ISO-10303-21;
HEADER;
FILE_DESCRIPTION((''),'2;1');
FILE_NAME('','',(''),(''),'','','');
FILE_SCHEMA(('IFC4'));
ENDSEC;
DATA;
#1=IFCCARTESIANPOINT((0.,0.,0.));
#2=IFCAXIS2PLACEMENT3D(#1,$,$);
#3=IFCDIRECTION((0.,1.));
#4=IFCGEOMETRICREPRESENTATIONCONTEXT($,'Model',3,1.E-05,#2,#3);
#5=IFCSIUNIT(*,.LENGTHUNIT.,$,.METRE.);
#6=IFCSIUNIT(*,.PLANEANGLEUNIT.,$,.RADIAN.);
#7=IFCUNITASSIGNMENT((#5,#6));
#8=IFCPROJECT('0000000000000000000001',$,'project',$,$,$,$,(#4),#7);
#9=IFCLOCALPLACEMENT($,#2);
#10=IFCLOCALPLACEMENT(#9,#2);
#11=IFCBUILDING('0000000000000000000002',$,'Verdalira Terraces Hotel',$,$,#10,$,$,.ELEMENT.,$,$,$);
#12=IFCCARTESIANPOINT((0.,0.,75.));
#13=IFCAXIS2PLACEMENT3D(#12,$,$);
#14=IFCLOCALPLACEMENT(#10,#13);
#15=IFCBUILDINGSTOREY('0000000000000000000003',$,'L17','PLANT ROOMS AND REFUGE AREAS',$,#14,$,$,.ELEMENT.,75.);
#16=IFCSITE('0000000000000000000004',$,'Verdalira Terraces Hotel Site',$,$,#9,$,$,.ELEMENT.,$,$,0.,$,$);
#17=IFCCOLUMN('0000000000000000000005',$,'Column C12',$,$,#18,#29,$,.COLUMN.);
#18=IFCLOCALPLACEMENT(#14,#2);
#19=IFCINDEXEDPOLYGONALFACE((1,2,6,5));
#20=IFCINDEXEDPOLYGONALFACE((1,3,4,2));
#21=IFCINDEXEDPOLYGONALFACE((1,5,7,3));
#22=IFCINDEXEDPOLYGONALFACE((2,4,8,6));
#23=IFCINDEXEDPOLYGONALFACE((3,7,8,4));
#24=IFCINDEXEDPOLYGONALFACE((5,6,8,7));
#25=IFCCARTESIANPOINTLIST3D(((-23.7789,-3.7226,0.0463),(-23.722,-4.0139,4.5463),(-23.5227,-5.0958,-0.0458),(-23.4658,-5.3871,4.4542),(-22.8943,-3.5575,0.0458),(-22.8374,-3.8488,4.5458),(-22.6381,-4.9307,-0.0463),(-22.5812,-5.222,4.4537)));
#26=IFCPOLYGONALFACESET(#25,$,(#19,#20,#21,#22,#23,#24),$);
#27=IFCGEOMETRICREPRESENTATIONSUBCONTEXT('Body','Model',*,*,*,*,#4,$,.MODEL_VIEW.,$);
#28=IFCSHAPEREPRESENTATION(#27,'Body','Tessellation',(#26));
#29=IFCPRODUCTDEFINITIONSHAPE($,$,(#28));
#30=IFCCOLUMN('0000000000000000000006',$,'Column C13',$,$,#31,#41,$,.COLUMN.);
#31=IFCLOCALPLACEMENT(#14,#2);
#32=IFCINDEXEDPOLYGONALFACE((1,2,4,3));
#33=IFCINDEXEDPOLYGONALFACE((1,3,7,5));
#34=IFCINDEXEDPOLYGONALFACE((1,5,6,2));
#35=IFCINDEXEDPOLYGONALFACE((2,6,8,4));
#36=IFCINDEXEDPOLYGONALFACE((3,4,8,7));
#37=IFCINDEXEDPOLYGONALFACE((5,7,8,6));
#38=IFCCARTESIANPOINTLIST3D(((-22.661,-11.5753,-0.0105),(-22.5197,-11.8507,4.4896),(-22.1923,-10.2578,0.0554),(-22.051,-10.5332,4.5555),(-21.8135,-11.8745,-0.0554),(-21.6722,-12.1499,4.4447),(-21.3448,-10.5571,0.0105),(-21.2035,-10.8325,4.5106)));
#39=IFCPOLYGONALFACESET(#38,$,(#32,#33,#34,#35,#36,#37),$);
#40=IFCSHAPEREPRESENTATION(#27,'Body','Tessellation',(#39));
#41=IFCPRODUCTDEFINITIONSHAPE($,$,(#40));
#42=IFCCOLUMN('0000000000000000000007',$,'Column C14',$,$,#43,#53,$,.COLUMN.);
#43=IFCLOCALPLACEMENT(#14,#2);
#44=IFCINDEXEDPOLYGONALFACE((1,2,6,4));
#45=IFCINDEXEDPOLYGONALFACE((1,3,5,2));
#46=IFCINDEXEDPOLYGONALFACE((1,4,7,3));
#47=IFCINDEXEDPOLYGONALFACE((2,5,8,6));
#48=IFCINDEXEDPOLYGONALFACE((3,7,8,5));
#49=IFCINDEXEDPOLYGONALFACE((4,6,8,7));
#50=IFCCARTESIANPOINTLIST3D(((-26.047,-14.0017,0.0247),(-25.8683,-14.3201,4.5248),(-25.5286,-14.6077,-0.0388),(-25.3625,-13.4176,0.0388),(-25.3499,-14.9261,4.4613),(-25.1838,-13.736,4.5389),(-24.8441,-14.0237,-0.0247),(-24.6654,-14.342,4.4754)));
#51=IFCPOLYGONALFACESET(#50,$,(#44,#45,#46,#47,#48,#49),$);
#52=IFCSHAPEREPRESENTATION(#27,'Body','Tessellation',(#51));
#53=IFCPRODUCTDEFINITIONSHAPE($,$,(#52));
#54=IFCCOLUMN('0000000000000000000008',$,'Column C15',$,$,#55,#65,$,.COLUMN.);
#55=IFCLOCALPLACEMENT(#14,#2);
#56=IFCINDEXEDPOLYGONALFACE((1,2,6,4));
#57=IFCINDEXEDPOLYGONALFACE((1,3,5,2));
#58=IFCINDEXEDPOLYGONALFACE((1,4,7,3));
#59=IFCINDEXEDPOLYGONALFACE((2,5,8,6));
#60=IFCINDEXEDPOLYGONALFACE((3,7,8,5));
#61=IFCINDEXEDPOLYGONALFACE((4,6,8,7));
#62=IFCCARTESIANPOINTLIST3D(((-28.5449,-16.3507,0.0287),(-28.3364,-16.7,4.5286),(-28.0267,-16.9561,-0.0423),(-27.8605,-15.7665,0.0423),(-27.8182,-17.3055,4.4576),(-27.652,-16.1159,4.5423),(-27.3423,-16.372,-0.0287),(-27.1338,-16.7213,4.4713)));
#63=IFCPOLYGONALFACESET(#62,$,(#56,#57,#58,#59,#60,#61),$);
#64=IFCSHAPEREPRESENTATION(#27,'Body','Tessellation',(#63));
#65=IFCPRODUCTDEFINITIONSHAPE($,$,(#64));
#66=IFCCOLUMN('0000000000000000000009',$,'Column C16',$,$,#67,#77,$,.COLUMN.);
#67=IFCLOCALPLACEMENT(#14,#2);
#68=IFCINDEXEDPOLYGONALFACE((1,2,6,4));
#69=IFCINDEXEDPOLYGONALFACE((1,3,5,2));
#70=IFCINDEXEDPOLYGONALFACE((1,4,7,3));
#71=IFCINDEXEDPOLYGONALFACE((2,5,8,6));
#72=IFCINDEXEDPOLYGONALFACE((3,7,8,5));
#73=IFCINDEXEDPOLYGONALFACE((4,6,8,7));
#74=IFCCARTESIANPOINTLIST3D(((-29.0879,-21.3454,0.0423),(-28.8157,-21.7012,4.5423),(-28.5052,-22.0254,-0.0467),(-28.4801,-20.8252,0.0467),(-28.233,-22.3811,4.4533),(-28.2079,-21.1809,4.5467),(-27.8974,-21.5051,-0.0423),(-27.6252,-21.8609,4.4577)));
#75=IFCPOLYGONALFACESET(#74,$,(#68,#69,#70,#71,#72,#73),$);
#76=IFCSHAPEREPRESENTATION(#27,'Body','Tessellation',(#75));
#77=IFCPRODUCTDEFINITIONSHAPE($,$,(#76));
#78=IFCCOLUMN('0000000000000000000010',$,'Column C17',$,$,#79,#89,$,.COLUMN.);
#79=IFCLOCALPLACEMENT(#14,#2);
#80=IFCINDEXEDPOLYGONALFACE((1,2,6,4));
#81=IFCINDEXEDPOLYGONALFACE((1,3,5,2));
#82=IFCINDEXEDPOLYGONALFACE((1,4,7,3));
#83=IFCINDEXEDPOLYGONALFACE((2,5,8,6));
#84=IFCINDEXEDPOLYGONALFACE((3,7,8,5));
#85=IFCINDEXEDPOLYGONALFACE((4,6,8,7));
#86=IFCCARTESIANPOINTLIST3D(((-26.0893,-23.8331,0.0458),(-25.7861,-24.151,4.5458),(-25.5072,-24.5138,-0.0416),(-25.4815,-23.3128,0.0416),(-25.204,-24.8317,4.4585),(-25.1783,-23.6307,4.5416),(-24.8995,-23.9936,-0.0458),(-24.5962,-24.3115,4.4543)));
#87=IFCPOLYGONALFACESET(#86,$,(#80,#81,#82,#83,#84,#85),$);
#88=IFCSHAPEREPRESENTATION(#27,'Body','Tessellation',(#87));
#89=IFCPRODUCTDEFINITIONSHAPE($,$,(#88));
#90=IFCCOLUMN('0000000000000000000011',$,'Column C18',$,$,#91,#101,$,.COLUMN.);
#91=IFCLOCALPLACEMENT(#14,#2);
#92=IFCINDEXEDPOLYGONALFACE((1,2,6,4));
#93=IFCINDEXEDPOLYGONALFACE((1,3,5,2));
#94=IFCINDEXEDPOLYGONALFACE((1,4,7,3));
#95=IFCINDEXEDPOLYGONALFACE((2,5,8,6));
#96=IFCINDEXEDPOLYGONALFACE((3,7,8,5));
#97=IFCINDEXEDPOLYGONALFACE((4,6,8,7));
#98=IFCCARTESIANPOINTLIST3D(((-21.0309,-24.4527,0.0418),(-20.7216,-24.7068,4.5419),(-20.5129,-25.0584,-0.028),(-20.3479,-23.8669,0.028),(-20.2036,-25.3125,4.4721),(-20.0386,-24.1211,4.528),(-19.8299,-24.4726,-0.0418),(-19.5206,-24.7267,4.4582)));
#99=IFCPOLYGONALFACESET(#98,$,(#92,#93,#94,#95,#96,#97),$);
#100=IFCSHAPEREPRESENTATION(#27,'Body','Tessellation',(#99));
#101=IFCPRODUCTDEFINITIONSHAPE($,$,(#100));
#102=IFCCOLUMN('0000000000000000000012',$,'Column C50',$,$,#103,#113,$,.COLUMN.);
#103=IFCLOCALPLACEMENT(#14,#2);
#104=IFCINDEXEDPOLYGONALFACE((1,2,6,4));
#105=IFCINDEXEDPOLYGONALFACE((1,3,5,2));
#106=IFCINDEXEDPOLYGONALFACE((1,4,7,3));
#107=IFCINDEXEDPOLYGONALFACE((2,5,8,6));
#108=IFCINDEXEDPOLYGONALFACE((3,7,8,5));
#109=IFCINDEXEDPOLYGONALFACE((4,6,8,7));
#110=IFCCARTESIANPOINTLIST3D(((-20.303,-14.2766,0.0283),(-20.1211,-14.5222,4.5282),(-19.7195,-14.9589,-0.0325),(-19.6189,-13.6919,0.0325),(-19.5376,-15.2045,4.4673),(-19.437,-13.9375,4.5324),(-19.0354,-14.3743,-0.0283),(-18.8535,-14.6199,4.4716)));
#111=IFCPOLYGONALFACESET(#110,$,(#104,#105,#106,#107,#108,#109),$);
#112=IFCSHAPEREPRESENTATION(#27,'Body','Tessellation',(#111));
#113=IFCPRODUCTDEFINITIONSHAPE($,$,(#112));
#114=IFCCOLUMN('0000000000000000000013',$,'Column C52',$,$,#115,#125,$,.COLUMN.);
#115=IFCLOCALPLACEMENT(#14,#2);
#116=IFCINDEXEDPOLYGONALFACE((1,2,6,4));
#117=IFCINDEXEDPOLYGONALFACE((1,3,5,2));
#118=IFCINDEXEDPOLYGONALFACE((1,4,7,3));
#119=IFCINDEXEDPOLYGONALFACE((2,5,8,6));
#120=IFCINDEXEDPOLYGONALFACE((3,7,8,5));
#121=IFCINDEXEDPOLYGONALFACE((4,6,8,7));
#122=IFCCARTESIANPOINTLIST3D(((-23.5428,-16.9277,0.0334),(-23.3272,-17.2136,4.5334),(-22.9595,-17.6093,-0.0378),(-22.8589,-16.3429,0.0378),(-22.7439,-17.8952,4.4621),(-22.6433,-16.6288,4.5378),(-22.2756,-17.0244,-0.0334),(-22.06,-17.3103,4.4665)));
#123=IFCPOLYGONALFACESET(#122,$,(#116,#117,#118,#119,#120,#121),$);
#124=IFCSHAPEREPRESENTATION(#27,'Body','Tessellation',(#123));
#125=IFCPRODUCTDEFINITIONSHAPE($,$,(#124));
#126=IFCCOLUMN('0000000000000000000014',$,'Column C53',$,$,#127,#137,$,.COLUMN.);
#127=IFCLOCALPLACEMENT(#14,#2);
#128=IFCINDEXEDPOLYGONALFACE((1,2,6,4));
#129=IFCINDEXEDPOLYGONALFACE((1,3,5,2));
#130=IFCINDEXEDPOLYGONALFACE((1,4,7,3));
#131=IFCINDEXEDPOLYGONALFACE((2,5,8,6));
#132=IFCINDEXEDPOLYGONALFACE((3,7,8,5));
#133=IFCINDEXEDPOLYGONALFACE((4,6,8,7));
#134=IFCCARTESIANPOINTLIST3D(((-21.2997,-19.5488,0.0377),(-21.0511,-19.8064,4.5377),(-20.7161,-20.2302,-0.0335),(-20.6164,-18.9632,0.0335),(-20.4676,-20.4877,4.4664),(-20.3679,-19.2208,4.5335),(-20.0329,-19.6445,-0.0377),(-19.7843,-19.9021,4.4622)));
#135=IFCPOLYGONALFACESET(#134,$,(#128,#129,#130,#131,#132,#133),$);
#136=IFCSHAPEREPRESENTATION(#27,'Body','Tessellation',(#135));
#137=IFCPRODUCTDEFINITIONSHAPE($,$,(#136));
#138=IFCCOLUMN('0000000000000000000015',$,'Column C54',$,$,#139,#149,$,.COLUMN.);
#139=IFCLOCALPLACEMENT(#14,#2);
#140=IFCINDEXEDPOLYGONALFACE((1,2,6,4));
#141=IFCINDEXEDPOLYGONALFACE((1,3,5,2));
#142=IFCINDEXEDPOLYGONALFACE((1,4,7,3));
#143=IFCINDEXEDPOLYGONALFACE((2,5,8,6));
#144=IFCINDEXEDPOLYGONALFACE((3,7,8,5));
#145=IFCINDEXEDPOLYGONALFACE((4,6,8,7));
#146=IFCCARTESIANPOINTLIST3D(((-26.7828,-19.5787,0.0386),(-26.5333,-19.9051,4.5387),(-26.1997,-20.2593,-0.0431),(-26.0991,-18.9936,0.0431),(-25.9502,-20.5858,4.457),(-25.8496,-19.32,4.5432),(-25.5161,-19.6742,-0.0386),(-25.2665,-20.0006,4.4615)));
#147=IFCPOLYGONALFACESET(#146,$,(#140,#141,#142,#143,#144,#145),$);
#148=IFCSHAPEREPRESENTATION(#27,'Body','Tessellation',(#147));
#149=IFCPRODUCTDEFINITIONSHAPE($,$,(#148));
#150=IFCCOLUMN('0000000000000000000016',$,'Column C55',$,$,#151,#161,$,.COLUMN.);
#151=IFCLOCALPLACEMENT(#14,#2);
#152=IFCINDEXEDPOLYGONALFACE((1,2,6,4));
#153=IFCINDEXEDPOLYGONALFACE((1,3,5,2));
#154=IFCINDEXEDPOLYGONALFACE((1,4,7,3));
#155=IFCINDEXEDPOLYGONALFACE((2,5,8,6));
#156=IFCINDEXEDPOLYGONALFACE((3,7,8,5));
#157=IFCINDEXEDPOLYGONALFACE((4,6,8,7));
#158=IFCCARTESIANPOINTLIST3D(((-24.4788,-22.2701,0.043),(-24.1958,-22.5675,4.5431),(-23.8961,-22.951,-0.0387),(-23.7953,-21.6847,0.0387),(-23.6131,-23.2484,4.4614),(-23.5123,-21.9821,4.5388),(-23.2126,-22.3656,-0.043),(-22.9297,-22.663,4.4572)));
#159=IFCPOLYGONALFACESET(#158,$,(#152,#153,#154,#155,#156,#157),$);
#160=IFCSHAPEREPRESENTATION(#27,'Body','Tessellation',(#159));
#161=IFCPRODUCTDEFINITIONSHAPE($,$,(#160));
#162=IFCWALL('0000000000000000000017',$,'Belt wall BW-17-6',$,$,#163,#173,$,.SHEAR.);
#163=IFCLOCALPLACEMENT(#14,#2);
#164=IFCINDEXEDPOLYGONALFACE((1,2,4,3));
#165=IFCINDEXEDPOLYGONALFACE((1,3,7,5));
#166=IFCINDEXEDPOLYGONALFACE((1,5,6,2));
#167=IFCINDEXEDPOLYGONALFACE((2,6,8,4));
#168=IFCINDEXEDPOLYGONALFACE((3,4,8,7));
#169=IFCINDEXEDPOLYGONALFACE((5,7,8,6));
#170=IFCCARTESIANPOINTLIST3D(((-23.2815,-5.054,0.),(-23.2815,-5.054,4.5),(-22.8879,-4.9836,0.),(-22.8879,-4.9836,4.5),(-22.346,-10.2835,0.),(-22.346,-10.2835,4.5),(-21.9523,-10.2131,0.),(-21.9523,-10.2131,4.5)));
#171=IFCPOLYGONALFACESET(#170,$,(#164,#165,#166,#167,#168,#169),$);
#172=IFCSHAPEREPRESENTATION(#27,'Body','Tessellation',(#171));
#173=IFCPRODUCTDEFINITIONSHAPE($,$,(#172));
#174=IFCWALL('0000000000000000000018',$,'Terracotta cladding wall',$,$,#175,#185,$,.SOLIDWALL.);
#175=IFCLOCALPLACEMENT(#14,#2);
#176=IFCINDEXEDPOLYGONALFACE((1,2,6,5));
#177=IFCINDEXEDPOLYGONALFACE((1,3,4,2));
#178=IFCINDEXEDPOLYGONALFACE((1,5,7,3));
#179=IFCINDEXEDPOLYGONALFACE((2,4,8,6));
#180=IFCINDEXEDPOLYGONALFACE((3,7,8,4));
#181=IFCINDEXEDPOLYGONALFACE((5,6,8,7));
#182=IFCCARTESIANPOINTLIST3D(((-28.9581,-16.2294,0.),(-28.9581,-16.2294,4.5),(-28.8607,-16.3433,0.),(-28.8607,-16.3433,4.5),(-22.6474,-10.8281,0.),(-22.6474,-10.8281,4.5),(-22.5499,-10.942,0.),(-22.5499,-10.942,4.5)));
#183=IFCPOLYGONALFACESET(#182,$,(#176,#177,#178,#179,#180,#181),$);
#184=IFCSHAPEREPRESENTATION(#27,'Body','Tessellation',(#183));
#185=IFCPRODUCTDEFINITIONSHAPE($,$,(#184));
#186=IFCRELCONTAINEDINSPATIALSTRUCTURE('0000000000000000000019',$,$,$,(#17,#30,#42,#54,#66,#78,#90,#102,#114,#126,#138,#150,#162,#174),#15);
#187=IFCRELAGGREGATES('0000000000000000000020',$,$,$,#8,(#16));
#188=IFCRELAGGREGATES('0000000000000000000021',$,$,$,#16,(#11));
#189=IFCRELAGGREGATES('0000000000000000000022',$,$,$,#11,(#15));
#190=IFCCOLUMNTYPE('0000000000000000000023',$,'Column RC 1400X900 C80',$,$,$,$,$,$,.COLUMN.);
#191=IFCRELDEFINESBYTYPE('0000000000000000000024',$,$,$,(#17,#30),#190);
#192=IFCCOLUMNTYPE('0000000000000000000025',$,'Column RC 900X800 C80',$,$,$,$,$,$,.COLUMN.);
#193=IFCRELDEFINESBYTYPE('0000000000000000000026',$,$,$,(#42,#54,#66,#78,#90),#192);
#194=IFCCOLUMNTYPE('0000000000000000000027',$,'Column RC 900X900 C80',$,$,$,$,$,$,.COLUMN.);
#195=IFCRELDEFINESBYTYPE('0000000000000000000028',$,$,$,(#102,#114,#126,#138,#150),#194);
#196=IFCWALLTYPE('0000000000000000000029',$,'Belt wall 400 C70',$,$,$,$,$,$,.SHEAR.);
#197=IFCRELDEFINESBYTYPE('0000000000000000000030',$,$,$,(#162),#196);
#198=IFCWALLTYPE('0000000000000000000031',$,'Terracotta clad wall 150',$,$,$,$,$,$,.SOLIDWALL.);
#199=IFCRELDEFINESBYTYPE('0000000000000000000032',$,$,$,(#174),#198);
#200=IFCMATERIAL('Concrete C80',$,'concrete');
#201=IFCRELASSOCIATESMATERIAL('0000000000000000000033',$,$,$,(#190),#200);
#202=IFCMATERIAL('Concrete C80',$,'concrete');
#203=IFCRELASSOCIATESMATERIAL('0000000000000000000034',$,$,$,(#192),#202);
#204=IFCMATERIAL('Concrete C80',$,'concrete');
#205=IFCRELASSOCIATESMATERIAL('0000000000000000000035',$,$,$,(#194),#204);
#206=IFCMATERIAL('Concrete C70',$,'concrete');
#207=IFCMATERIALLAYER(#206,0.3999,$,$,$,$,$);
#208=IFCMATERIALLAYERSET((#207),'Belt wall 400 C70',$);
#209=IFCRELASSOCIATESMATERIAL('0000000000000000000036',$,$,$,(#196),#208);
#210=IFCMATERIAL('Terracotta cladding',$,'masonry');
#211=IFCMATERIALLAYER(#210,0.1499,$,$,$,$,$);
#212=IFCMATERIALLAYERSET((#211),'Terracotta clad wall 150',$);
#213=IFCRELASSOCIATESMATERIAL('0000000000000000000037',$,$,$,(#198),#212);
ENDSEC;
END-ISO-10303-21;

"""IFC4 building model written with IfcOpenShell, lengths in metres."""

from ifc_helpers import new_model, si_unit, direction, frame, frame_2d, origin, origin_2d, place, context, subcontext, project, spatial, rectangle, extrude, material, layer, layer_set, material_profile, profile_set, type_object, element, save


model = new_model("IFC4")

# Units and contexts
model_context = context("Model", 3, precision=1e-05, world=origin(), true_north=direction((0.0, 1.0)))
body_context = subcontext(model_context, "Body", "Model", "MODEL_VIEW")
ifc_project = project(units=[si_unit("LENGTHUNIT", "METRE"), si_unit("PLANEANGLEUNIT", "RADIAN")], contexts=[model_context])

# Site, building, storey
site_placement = place(None, origin())
site = spatial("IfcSite", under=ifc_project, at=site_placement, Name="Verdalira Terraces Hotel Site", CompositionType="ELEMENT", RefElevation=0.0)
building_placement = place(site_placement, origin())
building = spatial("IfcBuilding", under=site, at=building_placement, Name="Verdalira Terraces Hotel", CompositionType="ELEMENT")
storey_placement = place(building_placement, frame((0.0, 0.0, 75.0)))
storey = spatial("IfcBuildingStorey", under=building, at=storey_placement, Name="L17", Description="PLANT ROOMS AND REFUGE AREAS", CompositionType="ELEMENT", Elevation=75.0)

# Columns
ifc_material_1 = material(Name="Concrete C80", Category="concrete")
ifc_material_profile_1 = material_profile(ifc_material_1, rectangle(XDim=1.3999, YDim=0.8999, at=origin_2d()), Name="RC 1400X900")
ifc_profile_set_1 = profile_set([ifc_material_profile_1], Name="Concrete C80")
column_type_1 = type_object("IfcColumnType", Name="Column RC 1400X900 C80", PredefinedType="COLUMN", material=ifc_profile_set_1)
column_1_placement = place(storey_placement, frame((-23.2085, -4.3267, 0.0), z_axis=(0.012614, -0.064584, 0.997833), x_axis=(0.183023, -0.980904, -0.065802)))
element("IfcColumn", 1, at=column_1_placement, inside=storey, type_object=column_type_1, Name="Column C12", PredefinedType="COLUMN", context=body_context, shape_type="SweptSolid", body=[
    extrude(rectangle(XDim=1.3999, YDim=0.8999, at=origin_2d()), origin(), (0.0, 0.0, 1.0), 4.5098),
])
column_2_placement = place(storey_placement, frame((-22.0029, -11.0662, 0.0), z_axis=(0.031339, -0.061054, 0.997642), x_axis=(0.334806, 0.94111, 0.047077)))
element("IfcColumn", 2, at=column_2_placement, inside=storey, type_object=column_type_1, Name="Column C13", PredefinedType="COLUMN", context=body_context, shape_type="SweptSolid", body=[
    extrude(rectangle(XDim=1.3999, YDim=0.8999, at=origin_2d()), origin(), (0.0, 0.0, 1.0), 4.5107),
])
ifc_material_2 = material(Name="Concrete C80", Category="concrete")
ifc_material_profile_2 = material_profile(ifc_material_2, rectangle(XDim=0.8999, YDim=0.8, at=origin_2d()), Name="RC 900X800")
ifc_profile_set_2 = profile_set([ifc_material_profile_2], Name="Concrete C80")
column_type_2 = type_object("IfcColumnType", Name="Column RC 900X800 C80", PredefinedType="COLUMN", material=ifc_profile_set_2)
column_3_placement = place(storey_placement, frame((-25.4456, -14.0127, 0.0), z_axis=(0.039583, -0.070515, 0.996725), x_axis=(-0.760599, -0.649032, -0.015711)))
element("IfcColumn", 3, at=column_3_placement, inside=storey, type_object=column_type_2, Name="Column C14", PredefinedType="COLUMN", context=body_context, shape_type="SweptSolid", body=[
    extrude(rectangle(XDim=0.8999, YDim=0.8, at=origin_2d()), origin(), (0.0, 0.0, 1.0), 4.5149),
])
column_4_placement = place(storey_placement, frame((-27.9436, -16.3613, 0.0), z_axis=(0.046144, -0.077321, 0.995938), x_axis=(-0.760532, -0.649124, -0.015159)))
element("IfcColumn", 4, at=column_4_placement, inside=storey, type_object=column_type_2, Name="Column C15", PredefinedType="COLUMN", context=body_context, shape_type="SweptSolid", body=[
    extrude(rectangle(XDim=0.8999, YDim=0.8, at=origin_2d()), origin(), (0.0, 0.0, 1.0), 4.5183),
])
column_5_placement = place(storey_placement, frame((-28.4927, -21.4253, 0.0), z_axis=(0.060195, -0.078659, 0.995083), x_axis=(0.647524, -0.755601, -0.098899)))
element("IfcColumn", 5, at=column_5_placement, inside=storey, type_object=column_type_2, Name="Column C16", PredefinedType="COLUMN", context=body_context, shape_type="SweptSolid", body=[
    extrude(rectangle(XDim=0.8999, YDim=0.8, at=origin_2d()), origin(), (0.0, 0.0, 1.0), 4.5222),
])
column_6_placement = place(storey_placement, frame((-25.4944, -23.9133, 0.0), z_axis=(0.067064, -0.070304, 0.995269), x_axis=(0.646812, -0.756453, -0.097018)))
element("IfcColumn", 6, at=column_6_placement, inside=storey, type_object=column_type_2, Name="Column C17", PredefinedType="COLUMN", context=body_context, shape_type="SweptSolid", body=[
    extrude(rectangle(XDim=0.8999, YDim=0.8, at=origin_2d()), origin(), (0.0, 0.0, 1.0), 4.5215),
])
column_7_placement = place(storey_placement, frame((-20.4304, -24.4626, 0.0), z_axis=(0.068469, -0.056256, 0.996066), x_axis=(0.758979, 0.650933, -0.015408)))
element("IfcColumn", 7, at=column_7_placement, inside=storey, type_object=column_type_2, Name="Column C18", PredefinedType="COLUMN", context=body_context, shape_type="SweptSolid", body=[
    extrude(rectangle(XDim=0.8999, YDim=0.8, at=origin_2d()), origin(), (0.0, 0.0, 1.0), 4.5178),
])
ifc_material_3 = material(Name="Concrete C80", Category="concrete")
ifc_material_profile_3 = material_profile(ifc_material_3, rectangle(XDim=0.8999, YDim=0.8999, at=origin_2d()), Name="RC 900X900")
ifc_profile_set_3 = profile_set([ifc_material_profile_3], Name="Concrete C80")
column_type_3 = type_object("IfcColumnType", Name="Column RC 900X900 C80", PredefinedType="COLUMN", material=ifc_profile_set_3)
column_8_placement = place(storey_placement, frame((-19.6692, -14.3254, 0.0), z_axis=(0.040326, -0.054454, 0.997702), x_axis=(-0.760202, -0.64967, -0.004732)))
element("IfcColumn", 8, at=column_8_placement, inside=storey, type_object=column_type_3, Name="Column C50", PredefinedType="COLUMN", context=body_context, shape_type="SweptSolid", body=[
    extrude(rectangle(XDim=0.8999, YDim=0.8999, at=origin_2d()), origin(), (0.0, 0.0, 1.0), 4.5103),
])
for number, where, z_axis, x_axis, name in (
    (9, (-22.9092, -16.9761, 0.0), (0.047755, -0.063331, 0.996849), (-0.759973, -0.649936, -0.004884), "Column C52"),
    (10, (-20.6663, -19.5967, 0.0), (0.055056, -0.057057, 0.996852), (-0.759258, -0.650772, 0.004685), "Column C53"),
):
    element("IfcColumn", number, at=place(storey_placement, frame(where, z_axis=z_axis, x_axis=x_axis)), inside=storey, type_object=column_type_3, Name=name, PredefinedType="COLUMN", context=body_context, shape_type="SweptSolid", body=[
        extrude(rectangle(XDim=0.8999, YDim=0.8999, at=origin_2d()), origin(), (0.0, 0.0, 1.0), 4.5142),
    ])
for number, where, z_axis, x_axis, name in (
    (11, (-26.1494, -19.6265, 0.0), (0.055217, -0.072236, 0.995858), (-0.759742, -0.650205, -0.005038), "Column C54"),
    (12, (-23.8457, -22.3179, 0.0), (0.06262, -0.065808, 0.995866), (-0.759507, -0.650481, 0.004773), "Column C55"),
):
    element("IfcColumn", number, at=place(storey_placement, frame(where, z_axis=z_axis, x_axis=x_axis)), inside=storey, type_object=column_type_3, Name=name, PredefinedType="COLUMN", context=body_context, shape_type="SweptSolid", body=[
        extrude(rectangle(XDim=0.8999, YDim=0.8999, at=origin_2d()), origin(), (0.0, 0.0, 1.0), 4.5188),
    ])

# Walls
ifc_material_4 = material(Name="Concrete C70", Category="concrete")
ifc_layer_1 = layer(ifc_material_4, 0.3999)
ifc_layer_set_1 = layer_set([ifc_layer_1], Name="Belt wall 400 C70")
wall_type_1 = type_object("IfcWallType", Name="Belt wall 400 C70", PredefinedType="SHEAR", material=ifc_layer_set_1)
wall_1_placement = place(storey_placement, frame((-23.0847, -5.0188, 0.0), z_axis=(0.0, 0.0, 1.0), x_axis=(0.176102, -0.984372, 0.0)))
element("IfcWall", 13, at=wall_1_placement, inside=storey, type_object=wall_type_1, Name="Belt wall BW-17-6", PredefinedType="SHEAR", context=body_context, shape_type="SweptSolid", body=[
    extrude(rectangle(XDim=5.3125, YDim=0.3999, at=frame_2d((2.6562, 0.0))), origin(), (0.0, 0.0, 1.0), 4.5),
])
ifc_material_5 = material(Name="Terracotta cladding", Category="masonry")
ifc_layer_2 = layer(ifc_material_5, 0.1499)
ifc_layer_set_2 = layer_set([ifc_layer_2], Name="Terracotta clad wall 150")
wall_type_2 = type_object("IfcWallType", Name="Terracotta clad wall 150", PredefinedType="SOLIDWALL", material=ifc_layer_set_2)
wall_2_placement = place(storey_placement, frame((-22.5986, -10.885, 0.0), z_axis=(0.0, 0.0, 1.0), x_axis=(-0.759725, -0.650244, 0.0)))
element("IfcWall", 14, at=wall_2_placement, inside=storey, type_object=wall_type_2, Name="Terracotta cladding wall", PredefinedType="SOLIDWALL", context=body_context, shape_type="SweptSolid", body=[
    extrude(rectangle(XDim=8.3066, YDim=0.1499, at=frame_2d((4.1533, 0.0))), origin(), (0.0, 0.0, 1.0), 4.5),
])

save(model, "model.ifc")
